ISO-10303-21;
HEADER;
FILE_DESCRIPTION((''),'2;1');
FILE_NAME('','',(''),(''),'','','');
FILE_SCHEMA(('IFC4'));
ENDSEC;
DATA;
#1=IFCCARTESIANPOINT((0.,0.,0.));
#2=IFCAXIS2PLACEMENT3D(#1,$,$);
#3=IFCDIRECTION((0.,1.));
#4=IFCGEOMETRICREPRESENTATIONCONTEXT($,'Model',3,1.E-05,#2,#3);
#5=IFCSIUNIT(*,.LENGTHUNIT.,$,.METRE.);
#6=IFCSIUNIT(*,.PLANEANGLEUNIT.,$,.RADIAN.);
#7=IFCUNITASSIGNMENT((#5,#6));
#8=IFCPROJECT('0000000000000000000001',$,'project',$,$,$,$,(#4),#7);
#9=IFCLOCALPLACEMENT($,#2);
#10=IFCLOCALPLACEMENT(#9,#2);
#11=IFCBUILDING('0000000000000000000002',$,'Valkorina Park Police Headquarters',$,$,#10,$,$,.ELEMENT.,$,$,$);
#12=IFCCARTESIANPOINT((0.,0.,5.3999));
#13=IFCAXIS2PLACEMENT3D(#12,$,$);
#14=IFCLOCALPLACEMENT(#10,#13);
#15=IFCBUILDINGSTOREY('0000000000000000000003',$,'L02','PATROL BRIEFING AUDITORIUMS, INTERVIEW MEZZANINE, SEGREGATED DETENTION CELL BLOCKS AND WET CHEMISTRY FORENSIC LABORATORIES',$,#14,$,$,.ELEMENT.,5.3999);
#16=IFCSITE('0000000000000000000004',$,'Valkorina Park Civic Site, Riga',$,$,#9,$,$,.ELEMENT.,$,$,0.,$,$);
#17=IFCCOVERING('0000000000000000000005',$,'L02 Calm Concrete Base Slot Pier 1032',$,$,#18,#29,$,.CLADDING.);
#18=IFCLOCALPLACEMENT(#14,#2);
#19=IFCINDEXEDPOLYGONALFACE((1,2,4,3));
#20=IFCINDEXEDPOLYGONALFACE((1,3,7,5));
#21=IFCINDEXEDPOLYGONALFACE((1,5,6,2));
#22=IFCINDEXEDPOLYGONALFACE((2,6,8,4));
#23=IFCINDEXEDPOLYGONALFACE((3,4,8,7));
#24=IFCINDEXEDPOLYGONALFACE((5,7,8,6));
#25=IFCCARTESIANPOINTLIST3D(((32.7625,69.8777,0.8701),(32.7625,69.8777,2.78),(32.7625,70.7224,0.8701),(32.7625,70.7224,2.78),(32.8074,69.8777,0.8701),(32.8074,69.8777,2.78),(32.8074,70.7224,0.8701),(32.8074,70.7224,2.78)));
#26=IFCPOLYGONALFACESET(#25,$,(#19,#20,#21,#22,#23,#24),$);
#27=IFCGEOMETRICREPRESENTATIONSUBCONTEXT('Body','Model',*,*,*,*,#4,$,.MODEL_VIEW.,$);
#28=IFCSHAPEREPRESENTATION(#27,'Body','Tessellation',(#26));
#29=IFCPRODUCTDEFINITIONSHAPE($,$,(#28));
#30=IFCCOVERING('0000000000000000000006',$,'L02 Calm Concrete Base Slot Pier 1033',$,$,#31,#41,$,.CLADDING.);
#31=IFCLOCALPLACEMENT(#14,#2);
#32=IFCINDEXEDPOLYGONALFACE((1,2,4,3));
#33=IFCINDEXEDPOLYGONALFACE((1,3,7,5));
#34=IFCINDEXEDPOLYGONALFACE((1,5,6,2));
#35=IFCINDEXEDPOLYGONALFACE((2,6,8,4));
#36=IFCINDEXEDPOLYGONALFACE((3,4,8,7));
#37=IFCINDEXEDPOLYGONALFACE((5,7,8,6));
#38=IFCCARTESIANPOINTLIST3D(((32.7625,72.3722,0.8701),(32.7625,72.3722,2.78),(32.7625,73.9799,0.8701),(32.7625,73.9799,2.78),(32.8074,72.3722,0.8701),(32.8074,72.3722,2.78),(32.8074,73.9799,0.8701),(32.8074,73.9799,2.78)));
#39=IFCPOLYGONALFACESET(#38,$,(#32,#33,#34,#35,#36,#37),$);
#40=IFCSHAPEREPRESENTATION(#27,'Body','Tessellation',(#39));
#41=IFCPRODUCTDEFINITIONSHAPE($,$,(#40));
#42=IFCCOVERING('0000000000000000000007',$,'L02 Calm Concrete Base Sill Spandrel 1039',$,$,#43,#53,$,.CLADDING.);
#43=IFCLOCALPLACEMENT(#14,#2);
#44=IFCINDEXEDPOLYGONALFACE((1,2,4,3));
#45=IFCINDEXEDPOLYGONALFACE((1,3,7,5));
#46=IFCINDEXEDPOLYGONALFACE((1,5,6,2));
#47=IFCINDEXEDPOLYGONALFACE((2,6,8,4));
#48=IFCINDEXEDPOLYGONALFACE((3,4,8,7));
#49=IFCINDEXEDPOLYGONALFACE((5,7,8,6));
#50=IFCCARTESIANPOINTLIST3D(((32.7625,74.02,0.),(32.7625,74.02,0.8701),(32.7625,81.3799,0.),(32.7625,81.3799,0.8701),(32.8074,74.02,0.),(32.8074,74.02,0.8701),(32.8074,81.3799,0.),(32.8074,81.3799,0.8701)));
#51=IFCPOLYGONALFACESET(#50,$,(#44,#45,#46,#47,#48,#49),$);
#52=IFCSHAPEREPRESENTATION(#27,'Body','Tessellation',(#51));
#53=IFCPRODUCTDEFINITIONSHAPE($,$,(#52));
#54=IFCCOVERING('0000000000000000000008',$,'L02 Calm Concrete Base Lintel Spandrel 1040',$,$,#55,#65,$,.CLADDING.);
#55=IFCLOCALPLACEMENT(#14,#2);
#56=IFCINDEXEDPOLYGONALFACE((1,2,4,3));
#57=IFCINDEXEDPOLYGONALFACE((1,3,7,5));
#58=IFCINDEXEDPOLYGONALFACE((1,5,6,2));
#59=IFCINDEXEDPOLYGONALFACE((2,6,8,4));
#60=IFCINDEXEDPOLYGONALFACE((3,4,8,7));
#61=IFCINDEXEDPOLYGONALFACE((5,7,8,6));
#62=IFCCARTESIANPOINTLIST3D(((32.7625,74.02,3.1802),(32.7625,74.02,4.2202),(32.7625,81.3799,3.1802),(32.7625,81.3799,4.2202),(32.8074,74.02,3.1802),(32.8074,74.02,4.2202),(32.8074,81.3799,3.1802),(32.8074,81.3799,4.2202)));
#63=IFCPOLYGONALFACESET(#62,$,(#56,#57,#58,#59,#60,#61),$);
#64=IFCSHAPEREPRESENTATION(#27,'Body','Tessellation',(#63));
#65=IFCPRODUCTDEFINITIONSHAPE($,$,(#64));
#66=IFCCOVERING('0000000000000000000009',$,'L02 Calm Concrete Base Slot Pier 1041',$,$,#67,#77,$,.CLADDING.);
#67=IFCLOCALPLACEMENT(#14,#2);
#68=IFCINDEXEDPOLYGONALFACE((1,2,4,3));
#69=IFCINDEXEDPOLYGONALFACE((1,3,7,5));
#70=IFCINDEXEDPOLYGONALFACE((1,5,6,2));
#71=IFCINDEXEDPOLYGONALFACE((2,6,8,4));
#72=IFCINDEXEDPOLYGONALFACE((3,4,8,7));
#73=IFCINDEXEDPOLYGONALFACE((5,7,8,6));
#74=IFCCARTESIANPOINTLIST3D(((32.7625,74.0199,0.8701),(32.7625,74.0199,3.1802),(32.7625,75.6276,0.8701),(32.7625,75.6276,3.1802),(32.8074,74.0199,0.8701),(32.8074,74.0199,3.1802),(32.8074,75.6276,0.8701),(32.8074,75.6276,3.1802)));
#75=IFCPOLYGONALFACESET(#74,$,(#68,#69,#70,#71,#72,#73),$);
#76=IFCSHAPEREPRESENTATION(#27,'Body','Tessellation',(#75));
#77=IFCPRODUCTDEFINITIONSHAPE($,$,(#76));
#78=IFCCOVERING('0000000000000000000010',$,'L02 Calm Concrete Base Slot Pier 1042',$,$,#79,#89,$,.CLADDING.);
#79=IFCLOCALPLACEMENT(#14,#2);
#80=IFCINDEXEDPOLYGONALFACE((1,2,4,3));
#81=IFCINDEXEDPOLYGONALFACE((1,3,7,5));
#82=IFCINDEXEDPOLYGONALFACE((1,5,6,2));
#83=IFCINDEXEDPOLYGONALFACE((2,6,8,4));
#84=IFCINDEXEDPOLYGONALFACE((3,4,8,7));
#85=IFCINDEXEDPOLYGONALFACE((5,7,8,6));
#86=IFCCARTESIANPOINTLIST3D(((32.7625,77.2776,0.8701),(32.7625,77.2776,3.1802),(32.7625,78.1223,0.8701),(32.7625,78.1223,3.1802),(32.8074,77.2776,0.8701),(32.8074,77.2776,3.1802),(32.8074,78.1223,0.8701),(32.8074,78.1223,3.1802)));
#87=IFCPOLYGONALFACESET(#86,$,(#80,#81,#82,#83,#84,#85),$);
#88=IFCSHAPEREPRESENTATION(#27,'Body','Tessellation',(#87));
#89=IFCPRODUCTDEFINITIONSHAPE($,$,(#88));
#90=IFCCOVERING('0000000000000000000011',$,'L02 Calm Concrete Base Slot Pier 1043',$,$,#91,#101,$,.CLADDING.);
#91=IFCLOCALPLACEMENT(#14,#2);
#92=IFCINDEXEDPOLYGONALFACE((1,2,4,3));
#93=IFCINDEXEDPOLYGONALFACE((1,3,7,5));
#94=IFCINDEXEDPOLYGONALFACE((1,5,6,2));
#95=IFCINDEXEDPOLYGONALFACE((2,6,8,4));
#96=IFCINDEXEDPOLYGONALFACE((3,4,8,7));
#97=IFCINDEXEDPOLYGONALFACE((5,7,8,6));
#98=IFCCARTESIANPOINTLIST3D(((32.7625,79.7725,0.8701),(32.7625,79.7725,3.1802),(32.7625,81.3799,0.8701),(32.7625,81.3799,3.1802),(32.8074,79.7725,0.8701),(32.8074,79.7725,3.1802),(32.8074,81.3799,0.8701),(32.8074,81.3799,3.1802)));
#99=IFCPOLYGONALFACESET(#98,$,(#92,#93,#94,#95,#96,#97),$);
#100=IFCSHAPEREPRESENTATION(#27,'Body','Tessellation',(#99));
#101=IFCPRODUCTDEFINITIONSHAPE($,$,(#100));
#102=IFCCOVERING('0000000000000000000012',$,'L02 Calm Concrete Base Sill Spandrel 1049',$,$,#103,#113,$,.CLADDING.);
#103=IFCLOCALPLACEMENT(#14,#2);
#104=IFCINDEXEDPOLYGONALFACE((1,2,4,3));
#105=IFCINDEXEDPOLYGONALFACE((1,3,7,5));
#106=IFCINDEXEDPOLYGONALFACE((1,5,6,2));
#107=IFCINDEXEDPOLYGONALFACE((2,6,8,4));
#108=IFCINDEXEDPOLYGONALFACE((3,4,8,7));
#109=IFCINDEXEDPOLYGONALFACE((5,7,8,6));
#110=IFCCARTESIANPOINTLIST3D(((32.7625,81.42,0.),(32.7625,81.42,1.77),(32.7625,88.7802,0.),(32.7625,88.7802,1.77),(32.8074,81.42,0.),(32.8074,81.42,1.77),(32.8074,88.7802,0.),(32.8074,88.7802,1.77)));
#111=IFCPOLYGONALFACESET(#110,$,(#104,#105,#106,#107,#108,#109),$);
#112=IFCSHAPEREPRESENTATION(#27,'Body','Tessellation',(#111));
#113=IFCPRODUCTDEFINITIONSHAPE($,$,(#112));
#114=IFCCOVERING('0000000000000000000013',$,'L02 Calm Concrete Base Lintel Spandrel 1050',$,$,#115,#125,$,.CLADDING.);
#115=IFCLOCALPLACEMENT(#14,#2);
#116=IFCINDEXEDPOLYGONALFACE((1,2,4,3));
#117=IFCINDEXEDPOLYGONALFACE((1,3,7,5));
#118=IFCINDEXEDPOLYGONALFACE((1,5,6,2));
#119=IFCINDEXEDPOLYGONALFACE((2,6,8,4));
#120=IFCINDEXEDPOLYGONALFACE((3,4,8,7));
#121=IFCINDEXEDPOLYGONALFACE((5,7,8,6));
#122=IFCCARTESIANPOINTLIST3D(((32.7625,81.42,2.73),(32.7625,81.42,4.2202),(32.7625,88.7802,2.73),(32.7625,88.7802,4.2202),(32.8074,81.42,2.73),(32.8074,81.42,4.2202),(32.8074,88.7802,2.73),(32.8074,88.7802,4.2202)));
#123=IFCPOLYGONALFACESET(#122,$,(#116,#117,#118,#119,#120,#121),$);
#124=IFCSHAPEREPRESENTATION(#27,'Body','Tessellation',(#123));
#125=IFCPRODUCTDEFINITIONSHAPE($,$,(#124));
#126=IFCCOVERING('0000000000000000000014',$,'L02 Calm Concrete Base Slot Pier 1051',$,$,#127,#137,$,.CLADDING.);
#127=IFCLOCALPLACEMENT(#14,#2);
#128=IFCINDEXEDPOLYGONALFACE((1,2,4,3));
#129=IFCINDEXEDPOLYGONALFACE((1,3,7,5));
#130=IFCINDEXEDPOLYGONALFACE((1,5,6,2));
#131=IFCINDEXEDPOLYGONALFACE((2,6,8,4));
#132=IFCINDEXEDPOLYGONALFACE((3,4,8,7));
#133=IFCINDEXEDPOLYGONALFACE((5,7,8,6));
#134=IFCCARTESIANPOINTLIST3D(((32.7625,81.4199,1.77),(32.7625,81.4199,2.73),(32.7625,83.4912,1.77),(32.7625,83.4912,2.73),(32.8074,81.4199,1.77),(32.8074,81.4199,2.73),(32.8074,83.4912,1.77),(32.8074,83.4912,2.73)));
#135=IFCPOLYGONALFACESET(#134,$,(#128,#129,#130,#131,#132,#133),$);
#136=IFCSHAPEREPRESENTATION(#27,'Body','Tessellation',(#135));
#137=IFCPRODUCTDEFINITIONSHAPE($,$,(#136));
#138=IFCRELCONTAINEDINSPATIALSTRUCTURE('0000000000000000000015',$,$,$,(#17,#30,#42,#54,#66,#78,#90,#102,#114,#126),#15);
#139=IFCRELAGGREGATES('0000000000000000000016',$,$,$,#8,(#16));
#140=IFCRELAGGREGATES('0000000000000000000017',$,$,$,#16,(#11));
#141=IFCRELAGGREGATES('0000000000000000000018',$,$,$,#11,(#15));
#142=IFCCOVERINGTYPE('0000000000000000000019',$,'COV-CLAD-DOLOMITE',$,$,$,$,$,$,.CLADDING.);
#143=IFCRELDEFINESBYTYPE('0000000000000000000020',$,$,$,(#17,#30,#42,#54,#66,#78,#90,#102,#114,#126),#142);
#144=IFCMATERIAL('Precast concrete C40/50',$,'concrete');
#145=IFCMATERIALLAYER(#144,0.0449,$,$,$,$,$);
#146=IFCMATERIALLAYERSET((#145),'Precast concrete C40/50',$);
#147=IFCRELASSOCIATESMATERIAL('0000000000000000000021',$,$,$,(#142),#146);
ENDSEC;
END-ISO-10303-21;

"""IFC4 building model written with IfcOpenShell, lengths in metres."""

from ifc_helpers import new_model, si_unit, direction, frame, frame_2d, origin, place, context, subcontext, project, spatial, rectangle, extrude, material, layer, layer_set, type_object, element, save


model = new_model("IFC4")

# Units and contexts
model_context = context("Model", 3, precision=1e-05, world=origin(), true_north=direction((0.0, 1.0)))
body_context = subcontext(model_context, "Body", "Model", "MODEL_VIEW")
ifc_project = project(units=[si_unit("LENGTHUNIT", "METRE"), si_unit("PLANEANGLEUNIT", "RADIAN")], contexts=[model_context])

# Site, building, storey
site_placement = place(None, origin())
site = spatial("IfcSite", under=ifc_project, at=site_placement, Name="Valkorina Park Civic Site, Riga", CompositionType="ELEMENT", RefElevation=0.0)
building_placement = place(site_placement, origin())
building = spatial("IfcBuilding", under=site, at=building_placement, Name="Valkorina Park Police Headquarters", CompositionType="ELEMENT")
storey_placement = place(building_placement, frame((0.0, 0.0, 5.3999)))
storey = spatial("IfcBuildingStorey", under=building, at=storey_placement, Name="L02", Description="PATROL BRIEFING AUDITORIUMS, INTERVIEW MEZZANINE, SEGREGATED DETENTION CELL BLOCKS AND WET CHEMISTRY FORENSIC LABORATORIES", CompositionType="ELEMENT", Elevation=5.3999)

# Coverings
ifc_material_1 = material(Name="Precast concrete C40/50", Category="concrete")
ifc_layer_1 = layer(ifc_material_1, 0.0449)
ifc_layer_set_1 = layer_set([ifc_layer_1], Name="Precast concrete C40/50")
covering_type = type_object("IfcCoveringType", Name="COV-CLAD-DOLOMITE", PredefinedType="CLADDING", material=ifc_layer_set_1)
covering_1_placement = place(storey_placement, frame((32.7849, 69.8777, 0.8701), z_axis=(0.0, 0.0, 1.0), x_axis=(0.0, 1.0, 0.0)))
element("IfcCovering", 1, at=covering_1_placement, inside=storey, type_object=covering_type, Name="L02 Calm Concrete Base Slot Pier 1032", PredefinedType="CLADDING", context=body_context, shape_type="SweptSolid", body=[
    extrude(rectangle(XDim=0.8447, YDim=0.0449, at=frame_2d((0.4224, 0.0))), origin(), (0.0, 0.0, 1.0), 1.9099),
])
covering_2_placement = place(storey_placement, frame((32.7849, 72.3723, 0.8701), z_axis=(0.0, 0.0, 1.0), x_axis=(0.0, 1.0, 0.0)))
element("IfcCovering", 2, at=covering_2_placement, inside=storey, type_object=covering_type, Name="L02 Calm Concrete Base Slot Pier 1033", PredefinedType="CLADDING", context=body_context, shape_type="SweptSolid", body=[
    extrude(rectangle(XDim=1.6077, YDim=0.0449, at=frame_2d((0.8037, 0.0))), origin(), (0.0, 0.0, 1.0), 1.9099),
])
covering_3_placement = place(storey_placement, frame((32.7849, 74.02, 0.0), z_axis=(0.0, 0.0, 1.0), x_axis=(0.0, 1.0, 0.0)))
element("IfcCovering", 3, at=covering_3_placement, inside=storey, type_object=covering_type, Name="L02 Calm Concrete Base Sill Spandrel 1039", PredefinedType="CLADDING", context=body_context, shape_type="SweptSolid", body=[
    extrude(rectangle(XDim=7.3599, YDim=0.0449, at=frame_2d((3.6799, 0.0))), origin(), (0.0, 0.0, 1.0), 0.8701),
])
covering_4_placement = place(storey_placement, frame((32.7849, 74.02, 3.1802), z_axis=(0.0, 0.0, 1.0), x_axis=(0.0, 1.0, 0.0)))
element("IfcCovering", 4, at=covering_4_placement, inside=storey, type_object=covering_type, Name="L02 Calm Concrete Base Lintel Spandrel 1040", PredefinedType="CLADDING", context=body_context, shape_type="SweptSolid", body=[
    extrude(rectangle(XDim=7.3599, YDim=0.0449, at=frame_2d((3.6799, 0.0))), origin(), (0.0, 0.0, 1.0), 1.04),
])
covering_5_placement = place(storey_placement, frame((32.7849, 74.02, 0.8701), z_axis=(0.0, 0.0, 1.0), x_axis=(0.0, 1.0, 0.0)))
element("IfcCovering", 5, at=covering_5_placement, inside=storey, type_object=covering_type, Name="L02 Calm Concrete Base Slot Pier 1041", PredefinedType="CLADDING", context=body_context, shape_type="SweptSolid", body=[
    extrude(rectangle(XDim=1.6077, YDim=0.0449, at=frame_2d((0.8037, 0.0))), origin(), (0.0, 0.0, 1.0), 2.3101),
])
covering_6_placement = place(storey_placement, frame((32.7849, 77.2776, 0.8701), z_axis=(0.0, 0.0, 1.0), x_axis=(0.0, 1.0, 0.0)))
element("IfcCovering", 6, at=covering_6_placement, inside=storey, type_object=covering_type, Name="L02 Calm Concrete Base Slot Pier 1042", PredefinedType="CLADDING", context=body_context, shape_type="SweptSolid", body=[
    extrude(rectangle(XDim=0.8447, YDim=0.0449, at=frame_2d((0.4224, 0.0))), origin(), (0.0, 0.0, 1.0), 2.3101),
])
covering_7_placement = place(storey_placement, frame((32.7849, 79.7725, 0.8701), z_axis=(0.0, 0.0, 1.0), x_axis=(0.0, 1.0, 0.0)))
element("IfcCovering", 7, at=covering_7_placement, inside=storey, type_object=covering_type, Name="L02 Calm Concrete Base Slot Pier 1043", PredefinedType="CLADDING", context=body_context, shape_type="SweptSolid", body=[
    extrude(rectangle(XDim=1.6074, YDim=0.0449, at=frame_2d((0.8037, 0.0))), origin(), (0.0, 0.0, 1.0), 2.3101),
])
covering_8_placement = place(storey_placement, frame((32.7849, 81.4199, 0.0), z_axis=(0.0, 0.0, 1.0), x_axis=(0.0, 1.0, 0.0)))
element("IfcCovering", 8, at=covering_8_placement, inside=storey, type_object=covering_type, Name="L02 Calm Concrete Base Sill Spandrel 1049", PredefinedType="CLADDING", context=body_context, shape_type="SweptSolid", body=[
    extrude(rectangle(XDim=7.3601, YDim=0.0449, at=frame_2d((3.6802, 0.0))), origin(), (0.0, 0.0, 1.0), 1.77),
])
covering_9_placement = place(storey_placement, frame((32.7849, 81.4199, 2.73), z_axis=(0.0, 0.0, 1.0), x_axis=(0.0, 1.0, 0.0)))
element("IfcCovering", 9, at=covering_9_placement, inside=storey, type_object=covering_type, Name="L02 Calm Concrete Base Lintel Spandrel 1050", PredefinedType="CLADDING", context=body_context, shape_type="SweptSolid", body=[
    extrude(rectangle(XDim=7.3601, YDim=0.0449, at=frame_2d((3.6802, 0.0))), origin(), (0.0, 0.0, 1.0), 1.4902),
])
covering_10_placement = place(storey_placement, frame((32.7849, 81.4199, 1.77), z_axis=(0.0, 0.0, 1.0), x_axis=(0.0, 1.0, 0.0)))
element("IfcCovering", 10, at=covering_10_placement, inside=storey, type_object=covering_type, Name="L02 Calm Concrete Base Slot Pier 1051", PredefinedType="CLADDING", context=body_context, shape_type="SweptSolid", body=[
    extrude(rectangle(XDim=2.0713, YDim=0.0449, at=frame_2d((1.0356, 0.0))), origin(), (0.0, 0.0, 1.0), 0.96),
])

save(model, "model.ifc")
